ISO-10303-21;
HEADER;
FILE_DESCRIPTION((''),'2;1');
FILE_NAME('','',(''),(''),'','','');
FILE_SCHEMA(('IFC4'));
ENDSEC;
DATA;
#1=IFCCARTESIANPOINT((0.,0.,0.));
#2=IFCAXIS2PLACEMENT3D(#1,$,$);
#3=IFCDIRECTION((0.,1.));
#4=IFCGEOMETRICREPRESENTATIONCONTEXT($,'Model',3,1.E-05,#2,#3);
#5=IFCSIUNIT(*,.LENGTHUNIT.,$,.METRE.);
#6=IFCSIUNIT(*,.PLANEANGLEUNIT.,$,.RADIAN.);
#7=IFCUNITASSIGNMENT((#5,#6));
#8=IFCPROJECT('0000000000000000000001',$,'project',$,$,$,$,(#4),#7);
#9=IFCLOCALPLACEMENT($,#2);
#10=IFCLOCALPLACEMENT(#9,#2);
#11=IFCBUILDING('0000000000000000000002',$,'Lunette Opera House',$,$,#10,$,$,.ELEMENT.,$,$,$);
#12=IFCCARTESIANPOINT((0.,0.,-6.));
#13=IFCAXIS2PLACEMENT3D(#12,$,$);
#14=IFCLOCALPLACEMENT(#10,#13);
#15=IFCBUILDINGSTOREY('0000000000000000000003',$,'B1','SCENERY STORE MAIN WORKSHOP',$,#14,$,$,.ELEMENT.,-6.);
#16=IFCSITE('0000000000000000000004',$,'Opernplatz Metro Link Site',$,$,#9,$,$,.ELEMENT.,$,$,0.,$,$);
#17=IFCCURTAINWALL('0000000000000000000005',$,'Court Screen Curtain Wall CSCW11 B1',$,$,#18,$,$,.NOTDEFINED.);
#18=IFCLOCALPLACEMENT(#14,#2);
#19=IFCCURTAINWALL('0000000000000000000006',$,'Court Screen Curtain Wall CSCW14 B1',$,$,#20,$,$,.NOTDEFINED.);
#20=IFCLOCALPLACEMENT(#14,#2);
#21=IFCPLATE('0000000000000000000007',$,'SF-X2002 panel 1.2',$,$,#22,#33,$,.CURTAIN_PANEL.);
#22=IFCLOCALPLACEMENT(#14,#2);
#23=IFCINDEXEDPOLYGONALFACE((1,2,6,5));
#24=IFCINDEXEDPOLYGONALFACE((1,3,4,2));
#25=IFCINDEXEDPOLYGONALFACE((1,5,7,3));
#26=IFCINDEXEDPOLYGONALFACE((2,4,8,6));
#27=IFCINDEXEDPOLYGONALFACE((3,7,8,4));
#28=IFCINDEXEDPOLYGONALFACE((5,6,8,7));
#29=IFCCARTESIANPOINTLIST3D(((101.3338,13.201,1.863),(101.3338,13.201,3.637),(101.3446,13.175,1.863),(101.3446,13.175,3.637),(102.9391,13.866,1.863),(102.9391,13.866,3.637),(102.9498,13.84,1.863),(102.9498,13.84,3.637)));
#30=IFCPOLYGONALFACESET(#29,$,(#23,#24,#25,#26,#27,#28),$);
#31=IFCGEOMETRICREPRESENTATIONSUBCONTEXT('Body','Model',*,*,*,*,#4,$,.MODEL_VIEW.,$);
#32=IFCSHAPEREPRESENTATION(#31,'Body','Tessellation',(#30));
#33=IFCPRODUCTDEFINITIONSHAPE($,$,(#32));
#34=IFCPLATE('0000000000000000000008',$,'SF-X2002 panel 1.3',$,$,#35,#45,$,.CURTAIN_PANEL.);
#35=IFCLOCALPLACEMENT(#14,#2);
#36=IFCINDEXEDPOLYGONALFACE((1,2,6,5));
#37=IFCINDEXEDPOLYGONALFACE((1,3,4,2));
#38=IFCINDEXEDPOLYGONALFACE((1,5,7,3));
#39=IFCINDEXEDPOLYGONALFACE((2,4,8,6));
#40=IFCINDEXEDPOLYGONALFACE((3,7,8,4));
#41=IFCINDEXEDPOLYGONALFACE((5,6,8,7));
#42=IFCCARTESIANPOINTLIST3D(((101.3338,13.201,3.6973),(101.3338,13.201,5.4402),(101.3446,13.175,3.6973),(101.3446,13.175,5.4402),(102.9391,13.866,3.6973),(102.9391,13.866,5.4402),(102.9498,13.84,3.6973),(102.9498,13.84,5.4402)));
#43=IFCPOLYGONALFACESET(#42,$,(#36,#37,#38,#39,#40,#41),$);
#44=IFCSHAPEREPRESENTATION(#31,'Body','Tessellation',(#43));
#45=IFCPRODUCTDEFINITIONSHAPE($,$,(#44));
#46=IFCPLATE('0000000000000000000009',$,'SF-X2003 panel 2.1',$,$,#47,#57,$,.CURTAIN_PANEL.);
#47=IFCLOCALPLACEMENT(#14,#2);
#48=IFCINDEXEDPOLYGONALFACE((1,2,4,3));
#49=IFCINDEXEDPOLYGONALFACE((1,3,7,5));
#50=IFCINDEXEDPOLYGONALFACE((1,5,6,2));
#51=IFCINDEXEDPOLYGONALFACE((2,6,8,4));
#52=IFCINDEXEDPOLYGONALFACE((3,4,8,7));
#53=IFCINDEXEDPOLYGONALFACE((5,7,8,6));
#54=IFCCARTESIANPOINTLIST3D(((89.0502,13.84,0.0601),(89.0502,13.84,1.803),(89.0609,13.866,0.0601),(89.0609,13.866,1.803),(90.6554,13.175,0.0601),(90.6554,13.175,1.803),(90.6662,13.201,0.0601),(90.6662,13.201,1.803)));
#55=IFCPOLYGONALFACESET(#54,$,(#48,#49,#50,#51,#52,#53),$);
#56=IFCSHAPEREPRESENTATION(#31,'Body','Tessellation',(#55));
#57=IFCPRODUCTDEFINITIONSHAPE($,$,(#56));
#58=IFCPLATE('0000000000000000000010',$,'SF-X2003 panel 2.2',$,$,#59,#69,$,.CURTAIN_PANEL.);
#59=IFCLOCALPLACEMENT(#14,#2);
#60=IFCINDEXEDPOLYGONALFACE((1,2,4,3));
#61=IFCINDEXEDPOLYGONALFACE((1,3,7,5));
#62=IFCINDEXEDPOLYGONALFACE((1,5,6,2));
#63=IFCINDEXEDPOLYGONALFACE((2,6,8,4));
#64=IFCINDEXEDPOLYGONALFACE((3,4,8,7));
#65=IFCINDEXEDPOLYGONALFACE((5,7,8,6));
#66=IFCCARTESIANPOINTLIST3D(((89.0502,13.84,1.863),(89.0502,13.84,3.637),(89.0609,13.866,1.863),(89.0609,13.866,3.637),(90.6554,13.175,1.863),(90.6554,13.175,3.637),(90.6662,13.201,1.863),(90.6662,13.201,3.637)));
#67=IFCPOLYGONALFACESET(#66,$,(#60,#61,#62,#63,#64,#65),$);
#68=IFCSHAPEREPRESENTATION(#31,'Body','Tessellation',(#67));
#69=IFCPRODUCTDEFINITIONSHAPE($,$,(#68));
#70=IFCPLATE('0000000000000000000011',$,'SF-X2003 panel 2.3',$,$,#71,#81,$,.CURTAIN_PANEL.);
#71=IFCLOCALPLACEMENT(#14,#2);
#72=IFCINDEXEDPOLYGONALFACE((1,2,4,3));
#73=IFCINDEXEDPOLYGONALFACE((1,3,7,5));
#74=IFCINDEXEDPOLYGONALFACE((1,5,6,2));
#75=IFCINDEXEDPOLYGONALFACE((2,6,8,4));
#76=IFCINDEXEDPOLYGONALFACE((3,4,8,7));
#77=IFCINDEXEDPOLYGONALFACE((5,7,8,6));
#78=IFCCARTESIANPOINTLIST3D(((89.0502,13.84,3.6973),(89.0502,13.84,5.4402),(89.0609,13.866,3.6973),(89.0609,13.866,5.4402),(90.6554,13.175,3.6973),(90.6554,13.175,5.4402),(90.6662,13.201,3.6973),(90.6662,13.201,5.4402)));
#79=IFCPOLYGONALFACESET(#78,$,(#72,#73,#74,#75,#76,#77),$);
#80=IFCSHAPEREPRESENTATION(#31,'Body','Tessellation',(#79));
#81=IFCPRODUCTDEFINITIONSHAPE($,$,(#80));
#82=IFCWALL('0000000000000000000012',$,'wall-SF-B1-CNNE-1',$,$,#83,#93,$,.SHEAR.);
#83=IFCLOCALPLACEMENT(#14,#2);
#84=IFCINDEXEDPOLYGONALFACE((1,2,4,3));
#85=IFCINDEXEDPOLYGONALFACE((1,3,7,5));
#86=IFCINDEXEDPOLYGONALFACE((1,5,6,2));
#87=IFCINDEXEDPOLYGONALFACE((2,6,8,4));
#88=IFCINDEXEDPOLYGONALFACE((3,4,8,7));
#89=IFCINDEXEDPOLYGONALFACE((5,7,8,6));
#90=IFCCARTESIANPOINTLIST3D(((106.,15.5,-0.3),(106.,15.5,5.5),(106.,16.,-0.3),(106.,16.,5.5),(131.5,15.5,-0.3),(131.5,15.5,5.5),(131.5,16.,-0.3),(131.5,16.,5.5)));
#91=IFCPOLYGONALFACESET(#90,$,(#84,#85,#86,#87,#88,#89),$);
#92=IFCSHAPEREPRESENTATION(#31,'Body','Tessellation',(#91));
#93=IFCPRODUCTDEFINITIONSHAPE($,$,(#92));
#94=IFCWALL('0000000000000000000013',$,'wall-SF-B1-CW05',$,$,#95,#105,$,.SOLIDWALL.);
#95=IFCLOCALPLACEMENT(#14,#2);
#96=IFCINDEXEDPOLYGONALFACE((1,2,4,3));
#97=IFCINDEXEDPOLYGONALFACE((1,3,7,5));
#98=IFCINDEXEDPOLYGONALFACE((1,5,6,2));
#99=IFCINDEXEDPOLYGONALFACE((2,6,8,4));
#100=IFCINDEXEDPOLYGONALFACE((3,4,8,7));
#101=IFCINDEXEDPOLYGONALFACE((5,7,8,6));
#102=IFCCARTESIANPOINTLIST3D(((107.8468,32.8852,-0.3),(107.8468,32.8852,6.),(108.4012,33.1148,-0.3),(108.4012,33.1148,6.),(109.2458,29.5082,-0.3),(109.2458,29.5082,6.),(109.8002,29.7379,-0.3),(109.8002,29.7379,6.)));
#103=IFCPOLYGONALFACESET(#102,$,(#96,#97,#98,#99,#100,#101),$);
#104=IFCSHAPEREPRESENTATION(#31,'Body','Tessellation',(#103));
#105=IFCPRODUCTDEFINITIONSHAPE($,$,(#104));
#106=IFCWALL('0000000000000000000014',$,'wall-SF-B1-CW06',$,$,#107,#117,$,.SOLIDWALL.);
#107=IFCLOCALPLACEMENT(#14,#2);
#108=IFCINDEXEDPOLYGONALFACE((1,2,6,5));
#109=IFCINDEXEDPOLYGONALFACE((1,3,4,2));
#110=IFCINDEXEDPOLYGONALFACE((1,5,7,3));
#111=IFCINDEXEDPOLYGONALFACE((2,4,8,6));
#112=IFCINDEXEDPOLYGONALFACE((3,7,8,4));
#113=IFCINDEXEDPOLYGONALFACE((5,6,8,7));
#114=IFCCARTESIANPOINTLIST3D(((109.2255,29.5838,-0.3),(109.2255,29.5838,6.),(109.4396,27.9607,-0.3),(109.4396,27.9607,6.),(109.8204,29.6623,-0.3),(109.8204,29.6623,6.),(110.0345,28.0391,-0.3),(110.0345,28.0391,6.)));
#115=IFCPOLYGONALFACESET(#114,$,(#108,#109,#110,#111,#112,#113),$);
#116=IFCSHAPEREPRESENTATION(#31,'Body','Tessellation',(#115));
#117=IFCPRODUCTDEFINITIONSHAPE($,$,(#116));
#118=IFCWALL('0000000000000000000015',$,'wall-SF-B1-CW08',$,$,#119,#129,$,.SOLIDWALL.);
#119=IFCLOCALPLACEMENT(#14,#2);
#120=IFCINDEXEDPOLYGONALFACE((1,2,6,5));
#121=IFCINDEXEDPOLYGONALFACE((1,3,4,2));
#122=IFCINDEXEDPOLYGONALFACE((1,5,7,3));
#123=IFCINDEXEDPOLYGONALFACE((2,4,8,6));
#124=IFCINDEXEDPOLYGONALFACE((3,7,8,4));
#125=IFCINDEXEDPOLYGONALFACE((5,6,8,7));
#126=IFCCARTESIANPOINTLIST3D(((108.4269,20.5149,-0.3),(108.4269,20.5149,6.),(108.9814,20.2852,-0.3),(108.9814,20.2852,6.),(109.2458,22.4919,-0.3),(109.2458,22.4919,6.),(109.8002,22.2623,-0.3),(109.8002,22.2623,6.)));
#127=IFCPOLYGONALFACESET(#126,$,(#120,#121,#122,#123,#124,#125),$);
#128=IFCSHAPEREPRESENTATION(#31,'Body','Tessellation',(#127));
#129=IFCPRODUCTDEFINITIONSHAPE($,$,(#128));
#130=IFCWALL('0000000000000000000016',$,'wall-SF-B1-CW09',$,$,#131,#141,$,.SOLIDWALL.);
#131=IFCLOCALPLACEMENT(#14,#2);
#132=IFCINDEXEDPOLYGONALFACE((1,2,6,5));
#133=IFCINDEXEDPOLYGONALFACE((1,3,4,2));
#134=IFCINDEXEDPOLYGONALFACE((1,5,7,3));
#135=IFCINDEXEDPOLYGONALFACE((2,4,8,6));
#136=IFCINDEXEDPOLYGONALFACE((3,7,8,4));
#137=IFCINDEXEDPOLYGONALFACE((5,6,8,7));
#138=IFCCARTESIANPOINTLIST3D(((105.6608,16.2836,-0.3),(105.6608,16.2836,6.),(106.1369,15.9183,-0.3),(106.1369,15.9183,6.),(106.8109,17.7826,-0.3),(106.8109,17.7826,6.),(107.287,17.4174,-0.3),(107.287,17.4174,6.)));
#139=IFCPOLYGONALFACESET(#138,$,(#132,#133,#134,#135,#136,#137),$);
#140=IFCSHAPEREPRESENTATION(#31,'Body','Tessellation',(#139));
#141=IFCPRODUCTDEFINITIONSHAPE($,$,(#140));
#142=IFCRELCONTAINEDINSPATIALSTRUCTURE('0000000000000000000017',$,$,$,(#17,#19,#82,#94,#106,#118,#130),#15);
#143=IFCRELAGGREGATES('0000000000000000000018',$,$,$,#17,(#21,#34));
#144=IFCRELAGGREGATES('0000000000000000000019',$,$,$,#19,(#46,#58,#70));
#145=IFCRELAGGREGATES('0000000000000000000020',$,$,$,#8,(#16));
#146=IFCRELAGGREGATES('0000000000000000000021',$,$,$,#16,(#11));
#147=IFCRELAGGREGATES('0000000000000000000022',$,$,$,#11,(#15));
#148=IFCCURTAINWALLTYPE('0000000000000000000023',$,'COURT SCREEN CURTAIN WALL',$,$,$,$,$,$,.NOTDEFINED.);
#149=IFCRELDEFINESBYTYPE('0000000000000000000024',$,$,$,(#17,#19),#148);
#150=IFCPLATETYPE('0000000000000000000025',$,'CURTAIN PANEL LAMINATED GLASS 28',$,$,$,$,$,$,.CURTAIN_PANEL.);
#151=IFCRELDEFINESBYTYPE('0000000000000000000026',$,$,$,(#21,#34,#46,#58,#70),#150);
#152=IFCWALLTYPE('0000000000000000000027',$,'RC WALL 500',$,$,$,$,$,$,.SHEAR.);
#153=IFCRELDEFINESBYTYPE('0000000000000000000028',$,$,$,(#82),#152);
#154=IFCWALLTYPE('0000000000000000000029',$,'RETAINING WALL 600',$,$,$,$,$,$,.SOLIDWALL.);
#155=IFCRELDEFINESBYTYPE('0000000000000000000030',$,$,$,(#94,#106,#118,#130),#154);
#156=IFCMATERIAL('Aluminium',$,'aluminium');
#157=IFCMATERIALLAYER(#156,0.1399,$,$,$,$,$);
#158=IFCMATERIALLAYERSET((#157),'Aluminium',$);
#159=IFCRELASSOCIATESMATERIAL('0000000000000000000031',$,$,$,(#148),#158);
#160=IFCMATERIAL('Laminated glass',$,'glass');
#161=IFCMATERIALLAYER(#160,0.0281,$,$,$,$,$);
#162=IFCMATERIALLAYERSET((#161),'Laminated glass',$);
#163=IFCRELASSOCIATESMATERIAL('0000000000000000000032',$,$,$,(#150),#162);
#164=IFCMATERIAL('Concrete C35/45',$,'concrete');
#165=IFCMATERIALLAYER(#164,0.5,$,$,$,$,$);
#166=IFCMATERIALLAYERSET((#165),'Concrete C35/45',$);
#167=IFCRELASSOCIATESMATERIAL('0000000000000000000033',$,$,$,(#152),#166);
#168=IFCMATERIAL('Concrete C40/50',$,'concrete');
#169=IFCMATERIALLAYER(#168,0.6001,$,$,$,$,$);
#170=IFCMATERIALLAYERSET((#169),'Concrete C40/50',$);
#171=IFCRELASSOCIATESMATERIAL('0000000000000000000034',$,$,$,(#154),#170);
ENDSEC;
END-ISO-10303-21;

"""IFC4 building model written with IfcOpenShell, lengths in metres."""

from ifc_helpers import new_model, si_unit, direction, frame, frame_2d, origin, origin_2d, place, context, subcontext, project, spatial, rectangle, extrude, material, layer, layer_set, type_object, element, aggregate, save


model = new_model("IFC4")

# Units and contexts
model_context = context("Model", 3, precision=1e-05, world=origin(), true_north=direction((0.0, 1.0)))
body_context = subcontext(model_context, "Body", "Model", "MODEL_VIEW")
ifc_project = project(units=[si_unit("LENGTHUNIT", "METRE"), si_unit("PLANEANGLEUNIT", "RADIAN")], contexts=[model_context])

# Site, building, storey
site_placement = place(None, origin())
site = spatial("IfcSite", under=ifc_project, at=site_placement, Name="Opernplatz Metro Link Site", CompositionType="ELEMENT", RefElevation=0.0)
building_placement = place(site_placement, origin())
building = spatial("IfcBuilding", under=site, at=building_placement, Name="Lunette Opera House", CompositionType="ELEMENT")
storey_placement = place(building_placement, frame((0.0, 0.0, -6.0)))
storey = spatial("IfcBuildingStorey", under=building, at=storey_placement, Name="B1", Description="SCENERY STORE MAIN WORKSHOP", CompositionType="ELEMENT", Elevation=-6.0)

# Shared definitions
ifc_material_1 = material(Name="Aluminium", Category="aluminium")
ifc_layer_1 = layer(ifc_material_1, 0.1399)
ifc_layer_set_1 = layer_set([ifc_layer_1], Name="Aluminium")
curtain_wall_type = type_object("IfcCurtainWallType", Name="COURT SCREEN CURTAIN WALL", PredefinedType="NOTDEFINED", material=ifc_layer_set_1)

# Curtain wall
curtain_wall_1_placement = place(storey_placement, origin())
curtain_wall_1 = element("IfcCurtainWall", 1, at=curtain_wall_1_placement, inside=storey, type_object=curtain_wall_type, Name="Court Screen Curtain Wall CSCW11 B1", PredefinedType="NOTDEFINED")

# Curtain wall
curtain_wall_2_placement = place(storey_placement, origin())
curtain_wall_2 = element("IfcCurtainWall", 2, at=curtain_wall_2_placement, inside=storey, type_object=curtain_wall_type, Name="Court Screen Curtain Wall CSCW14 B1", PredefinedType="NOTDEFINED")

# Plates
ifc_material_2 = material(Name="Laminated glass", Category="glass")
ifc_layer_2 = layer(ifc_material_2, 0.0281)
ifc_layer_set_2 = layer_set([ifc_layer_2], Name="Laminated glass")
plate_type = type_object("IfcPlateType", Name="CURTAIN PANEL LAMINATED GLASS 28", PredefinedType="CURTAIN_PANEL", material=ifc_layer_set_2)
plate_1_placement = place(storey_placement, frame((102.1418, 13.5205, 1.863), z_axis=(0.0, 0.0, 1.0), x_axis=(-0.92386, -0.38273, 0.0)))
plate_1 = element("IfcPlate", 3, at=plate_1_placement, type_object=plate_type, Name="SF-X2002 panel 1.2", PredefinedType="CURTAIN_PANEL", context=body_context, shape_type="SweptSolid", body=[
    extrude(rectangle(XDim=1.7375, YDim=0.0281, at=origin_2d()), origin(), (0.0, 0.0, 1.0), 1.7739),
])
plate_2_placement = place(storey_placement, frame((102.1418, 13.5205, 3.6973), z_axis=(0.0, 0.0, 1.0), x_axis=(-0.92386, -0.38273, 0.0)))
plate_2 = element("IfcPlate", 4, at=plate_2_placement, type_object=plate_type, Name="SF-X2002 panel 1.3", PredefinedType="CURTAIN_PANEL", context=body_context, shape_type="SweptSolid", body=[
    extrude(rectangle(XDim=1.7375, YDim=0.0281, at=origin_2d()), origin(), (0.0, 0.0, 1.0), 1.7429),
])
aggregate(curtain_wall_1, [plate_1, plate_2])
plate_3_placement = place(storey_placement, frame((89.8582, 13.5205, 0.0601), z_axis=(0.0, 0.0, 1.0), x_axis=(-0.92386, 0.38273, 0.0)))
plate_3 = element("IfcPlate", 5, at=plate_3_placement, type_object=plate_type, Name="SF-X2003 panel 2.1", PredefinedType="CURTAIN_PANEL", context=body_context, shape_type="SweptSolid", body=[
    extrude(rectangle(XDim=1.7375, YDim=0.0281, at=origin_2d()), origin(), (0.0, 0.0, 1.0), 1.7429),
])
plate_4_placement = place(storey_placement, frame((89.8582, 13.5205, 1.863), z_axis=(0.0, 0.0, 1.0), x_axis=(-0.92386, 0.38273, 0.0)))
plate_4 = element("IfcPlate", 6, at=plate_4_placement, type_object=plate_type, Name="SF-X2003 panel 2.2", PredefinedType="CURTAIN_PANEL", context=body_context, shape_type="SweptSolid", body=[
    extrude(rectangle(XDim=1.7375, YDim=0.0281, at=origin_2d()), origin(), (0.0, 0.0, 1.0), 1.7739),
])
plate_5_placement = place(storey_placement, frame((89.8582, 13.5205, 3.6973), z_axis=(0.0, 0.0, 1.0), x_axis=(-0.92386, 0.38273, 0.0)))
plate_5 = element("IfcPlate", 7, at=plate_5_placement, type_object=plate_type, Name="SF-X2003 panel 2.3", PredefinedType="CURTAIN_PANEL", context=body_context, shape_type="SweptSolid", body=[
    extrude(rectangle(XDim=1.7375, YDim=0.0281, at=origin_2d()), origin(), (0.0, 0.0, 1.0), 1.7429),
])
aggregate(curtain_wall_2, [plate_3, plate_4, plate_5])

# Walls
ifc_material_3 = material(Name="Concrete C35/45", Category="concrete")
ifc_layer_3 = layer(ifc_material_3, 0.5)
ifc_layer_set_3 = layer_set([ifc_layer_3], Name="Concrete C35/45")
wall_type_1 = type_object("IfcWallType", Name="RC WALL 500", PredefinedType="SHEAR", material=ifc_layer_set_3)
wall_1_placement = place(storey_placement, frame((106.0, 15.75, -0.3), z_axis=(0.0, 0.0, 1.0), x_axis=(1.0, 0.0, 0.0)))
element("IfcWall", 8, at=wall_1_placement, inside=storey, type_object=wall_type_1, Name="wall-SF-B1-CNNE-1", PredefinedType="SHEAR", context=body_context, shape_type="SweptSolid", body=[
    extrude(rectangle(XDim=25.5, YDim=0.5, at=frame_2d((12.75, 0.0))), origin(), (0.0, 0.0, 1.0), 5.8),
])
ifc_material_4 = material(Name="Concrete C40/50", Category="concrete")
ifc_layer_4 = layer(ifc_material_4, 0.6001)
ifc_layer_set_4 = layer_set([ifc_layer_4], Name="Concrete C40/50")
wall_type_2 = type_object("IfcWallType", Name="RETAINING WALL 600", PredefinedType="SOLIDWALL", material=ifc_layer_set_4)
wall_2_placement = place(storey_placement, frame((108.124, 33.0, -0.3), z_axis=(0.0, 0.0, 1.0), x_axis=(0.382718, -0.923865, 0.0)))
element("IfcWall", 9, at=wall_2_placement, inside=storey, type_object=wall_type_2, Name="wall-SF-B1-CW05", PredefinedType="SOLIDWALL", context=body_context, shape_type="SweptSolid", body=[
    extrude(rectangle(XDim=3.6553, YDim=0.6001, at=frame_2d((1.8276, 0.0))), origin(), (0.0, 0.0, 1.0), 6.3),
])
wall_3_placement = place(storey_placement, frame((109.5229, 29.623, -0.3), z_axis=(0.0, 0.0, 1.0), x_axis=(0.130786, -0.991411, 0.0)))
element("IfcWall", 10, at=wall_3_placement, inside=storey, type_object=wall_type_2, Name="wall-SF-B1-CW06", PredefinedType="SOLIDWALL", context=body_context, shape_type="SweptSolid", body=[
    extrude(rectangle(XDim=1.6372, YDim=0.6001, at=frame_2d((0.8186, 0.0))), origin(), (0.0, 0.0, 1.0), 6.3),
])
wall_4_placement = place(storey_placement, frame((109.5229, 22.377, -0.3), z_axis=(0.0, 0.0, 1.0), x_axis=(-0.382654, -0.923892, 0.0)))
element("IfcWall", 11, at=wall_4_placement, inside=storey, type_object=wall_type_2, Name="wall-SF-B1-CW08", PredefinedType="SOLIDWALL", context=body_context, shape_type="SweptSolid", body=[
    extrude(rectangle(XDim=2.1399, YDim=0.6001, at=frame_2d((1.0698, 0.0))), origin(), (0.0, 0.0, 1.0), 6.3),
])
wall_5_placement = place(storey_placement, frame((107.0491, 17.6001, -0.3), z_axis=(0.0, 0.0, 1.0), x_axis=(-0.60873, -0.793378, 0.0)))
element("IfcWall", 12, at=wall_5_placement, inside=storey, type_object=wall_type_2, Name="wall-SF-B1-CW09", PredefinedType="SOLIDWALL", context=body_context, shape_type="SweptSolid", body=[
    extrude(rectangle(XDim=1.8894, YDim=0.6001, at=frame_2d((0.9448, 0.0))), origin(), (0.0, 0.0, 1.0), 6.3),
])

save(model, "model.ifc")
